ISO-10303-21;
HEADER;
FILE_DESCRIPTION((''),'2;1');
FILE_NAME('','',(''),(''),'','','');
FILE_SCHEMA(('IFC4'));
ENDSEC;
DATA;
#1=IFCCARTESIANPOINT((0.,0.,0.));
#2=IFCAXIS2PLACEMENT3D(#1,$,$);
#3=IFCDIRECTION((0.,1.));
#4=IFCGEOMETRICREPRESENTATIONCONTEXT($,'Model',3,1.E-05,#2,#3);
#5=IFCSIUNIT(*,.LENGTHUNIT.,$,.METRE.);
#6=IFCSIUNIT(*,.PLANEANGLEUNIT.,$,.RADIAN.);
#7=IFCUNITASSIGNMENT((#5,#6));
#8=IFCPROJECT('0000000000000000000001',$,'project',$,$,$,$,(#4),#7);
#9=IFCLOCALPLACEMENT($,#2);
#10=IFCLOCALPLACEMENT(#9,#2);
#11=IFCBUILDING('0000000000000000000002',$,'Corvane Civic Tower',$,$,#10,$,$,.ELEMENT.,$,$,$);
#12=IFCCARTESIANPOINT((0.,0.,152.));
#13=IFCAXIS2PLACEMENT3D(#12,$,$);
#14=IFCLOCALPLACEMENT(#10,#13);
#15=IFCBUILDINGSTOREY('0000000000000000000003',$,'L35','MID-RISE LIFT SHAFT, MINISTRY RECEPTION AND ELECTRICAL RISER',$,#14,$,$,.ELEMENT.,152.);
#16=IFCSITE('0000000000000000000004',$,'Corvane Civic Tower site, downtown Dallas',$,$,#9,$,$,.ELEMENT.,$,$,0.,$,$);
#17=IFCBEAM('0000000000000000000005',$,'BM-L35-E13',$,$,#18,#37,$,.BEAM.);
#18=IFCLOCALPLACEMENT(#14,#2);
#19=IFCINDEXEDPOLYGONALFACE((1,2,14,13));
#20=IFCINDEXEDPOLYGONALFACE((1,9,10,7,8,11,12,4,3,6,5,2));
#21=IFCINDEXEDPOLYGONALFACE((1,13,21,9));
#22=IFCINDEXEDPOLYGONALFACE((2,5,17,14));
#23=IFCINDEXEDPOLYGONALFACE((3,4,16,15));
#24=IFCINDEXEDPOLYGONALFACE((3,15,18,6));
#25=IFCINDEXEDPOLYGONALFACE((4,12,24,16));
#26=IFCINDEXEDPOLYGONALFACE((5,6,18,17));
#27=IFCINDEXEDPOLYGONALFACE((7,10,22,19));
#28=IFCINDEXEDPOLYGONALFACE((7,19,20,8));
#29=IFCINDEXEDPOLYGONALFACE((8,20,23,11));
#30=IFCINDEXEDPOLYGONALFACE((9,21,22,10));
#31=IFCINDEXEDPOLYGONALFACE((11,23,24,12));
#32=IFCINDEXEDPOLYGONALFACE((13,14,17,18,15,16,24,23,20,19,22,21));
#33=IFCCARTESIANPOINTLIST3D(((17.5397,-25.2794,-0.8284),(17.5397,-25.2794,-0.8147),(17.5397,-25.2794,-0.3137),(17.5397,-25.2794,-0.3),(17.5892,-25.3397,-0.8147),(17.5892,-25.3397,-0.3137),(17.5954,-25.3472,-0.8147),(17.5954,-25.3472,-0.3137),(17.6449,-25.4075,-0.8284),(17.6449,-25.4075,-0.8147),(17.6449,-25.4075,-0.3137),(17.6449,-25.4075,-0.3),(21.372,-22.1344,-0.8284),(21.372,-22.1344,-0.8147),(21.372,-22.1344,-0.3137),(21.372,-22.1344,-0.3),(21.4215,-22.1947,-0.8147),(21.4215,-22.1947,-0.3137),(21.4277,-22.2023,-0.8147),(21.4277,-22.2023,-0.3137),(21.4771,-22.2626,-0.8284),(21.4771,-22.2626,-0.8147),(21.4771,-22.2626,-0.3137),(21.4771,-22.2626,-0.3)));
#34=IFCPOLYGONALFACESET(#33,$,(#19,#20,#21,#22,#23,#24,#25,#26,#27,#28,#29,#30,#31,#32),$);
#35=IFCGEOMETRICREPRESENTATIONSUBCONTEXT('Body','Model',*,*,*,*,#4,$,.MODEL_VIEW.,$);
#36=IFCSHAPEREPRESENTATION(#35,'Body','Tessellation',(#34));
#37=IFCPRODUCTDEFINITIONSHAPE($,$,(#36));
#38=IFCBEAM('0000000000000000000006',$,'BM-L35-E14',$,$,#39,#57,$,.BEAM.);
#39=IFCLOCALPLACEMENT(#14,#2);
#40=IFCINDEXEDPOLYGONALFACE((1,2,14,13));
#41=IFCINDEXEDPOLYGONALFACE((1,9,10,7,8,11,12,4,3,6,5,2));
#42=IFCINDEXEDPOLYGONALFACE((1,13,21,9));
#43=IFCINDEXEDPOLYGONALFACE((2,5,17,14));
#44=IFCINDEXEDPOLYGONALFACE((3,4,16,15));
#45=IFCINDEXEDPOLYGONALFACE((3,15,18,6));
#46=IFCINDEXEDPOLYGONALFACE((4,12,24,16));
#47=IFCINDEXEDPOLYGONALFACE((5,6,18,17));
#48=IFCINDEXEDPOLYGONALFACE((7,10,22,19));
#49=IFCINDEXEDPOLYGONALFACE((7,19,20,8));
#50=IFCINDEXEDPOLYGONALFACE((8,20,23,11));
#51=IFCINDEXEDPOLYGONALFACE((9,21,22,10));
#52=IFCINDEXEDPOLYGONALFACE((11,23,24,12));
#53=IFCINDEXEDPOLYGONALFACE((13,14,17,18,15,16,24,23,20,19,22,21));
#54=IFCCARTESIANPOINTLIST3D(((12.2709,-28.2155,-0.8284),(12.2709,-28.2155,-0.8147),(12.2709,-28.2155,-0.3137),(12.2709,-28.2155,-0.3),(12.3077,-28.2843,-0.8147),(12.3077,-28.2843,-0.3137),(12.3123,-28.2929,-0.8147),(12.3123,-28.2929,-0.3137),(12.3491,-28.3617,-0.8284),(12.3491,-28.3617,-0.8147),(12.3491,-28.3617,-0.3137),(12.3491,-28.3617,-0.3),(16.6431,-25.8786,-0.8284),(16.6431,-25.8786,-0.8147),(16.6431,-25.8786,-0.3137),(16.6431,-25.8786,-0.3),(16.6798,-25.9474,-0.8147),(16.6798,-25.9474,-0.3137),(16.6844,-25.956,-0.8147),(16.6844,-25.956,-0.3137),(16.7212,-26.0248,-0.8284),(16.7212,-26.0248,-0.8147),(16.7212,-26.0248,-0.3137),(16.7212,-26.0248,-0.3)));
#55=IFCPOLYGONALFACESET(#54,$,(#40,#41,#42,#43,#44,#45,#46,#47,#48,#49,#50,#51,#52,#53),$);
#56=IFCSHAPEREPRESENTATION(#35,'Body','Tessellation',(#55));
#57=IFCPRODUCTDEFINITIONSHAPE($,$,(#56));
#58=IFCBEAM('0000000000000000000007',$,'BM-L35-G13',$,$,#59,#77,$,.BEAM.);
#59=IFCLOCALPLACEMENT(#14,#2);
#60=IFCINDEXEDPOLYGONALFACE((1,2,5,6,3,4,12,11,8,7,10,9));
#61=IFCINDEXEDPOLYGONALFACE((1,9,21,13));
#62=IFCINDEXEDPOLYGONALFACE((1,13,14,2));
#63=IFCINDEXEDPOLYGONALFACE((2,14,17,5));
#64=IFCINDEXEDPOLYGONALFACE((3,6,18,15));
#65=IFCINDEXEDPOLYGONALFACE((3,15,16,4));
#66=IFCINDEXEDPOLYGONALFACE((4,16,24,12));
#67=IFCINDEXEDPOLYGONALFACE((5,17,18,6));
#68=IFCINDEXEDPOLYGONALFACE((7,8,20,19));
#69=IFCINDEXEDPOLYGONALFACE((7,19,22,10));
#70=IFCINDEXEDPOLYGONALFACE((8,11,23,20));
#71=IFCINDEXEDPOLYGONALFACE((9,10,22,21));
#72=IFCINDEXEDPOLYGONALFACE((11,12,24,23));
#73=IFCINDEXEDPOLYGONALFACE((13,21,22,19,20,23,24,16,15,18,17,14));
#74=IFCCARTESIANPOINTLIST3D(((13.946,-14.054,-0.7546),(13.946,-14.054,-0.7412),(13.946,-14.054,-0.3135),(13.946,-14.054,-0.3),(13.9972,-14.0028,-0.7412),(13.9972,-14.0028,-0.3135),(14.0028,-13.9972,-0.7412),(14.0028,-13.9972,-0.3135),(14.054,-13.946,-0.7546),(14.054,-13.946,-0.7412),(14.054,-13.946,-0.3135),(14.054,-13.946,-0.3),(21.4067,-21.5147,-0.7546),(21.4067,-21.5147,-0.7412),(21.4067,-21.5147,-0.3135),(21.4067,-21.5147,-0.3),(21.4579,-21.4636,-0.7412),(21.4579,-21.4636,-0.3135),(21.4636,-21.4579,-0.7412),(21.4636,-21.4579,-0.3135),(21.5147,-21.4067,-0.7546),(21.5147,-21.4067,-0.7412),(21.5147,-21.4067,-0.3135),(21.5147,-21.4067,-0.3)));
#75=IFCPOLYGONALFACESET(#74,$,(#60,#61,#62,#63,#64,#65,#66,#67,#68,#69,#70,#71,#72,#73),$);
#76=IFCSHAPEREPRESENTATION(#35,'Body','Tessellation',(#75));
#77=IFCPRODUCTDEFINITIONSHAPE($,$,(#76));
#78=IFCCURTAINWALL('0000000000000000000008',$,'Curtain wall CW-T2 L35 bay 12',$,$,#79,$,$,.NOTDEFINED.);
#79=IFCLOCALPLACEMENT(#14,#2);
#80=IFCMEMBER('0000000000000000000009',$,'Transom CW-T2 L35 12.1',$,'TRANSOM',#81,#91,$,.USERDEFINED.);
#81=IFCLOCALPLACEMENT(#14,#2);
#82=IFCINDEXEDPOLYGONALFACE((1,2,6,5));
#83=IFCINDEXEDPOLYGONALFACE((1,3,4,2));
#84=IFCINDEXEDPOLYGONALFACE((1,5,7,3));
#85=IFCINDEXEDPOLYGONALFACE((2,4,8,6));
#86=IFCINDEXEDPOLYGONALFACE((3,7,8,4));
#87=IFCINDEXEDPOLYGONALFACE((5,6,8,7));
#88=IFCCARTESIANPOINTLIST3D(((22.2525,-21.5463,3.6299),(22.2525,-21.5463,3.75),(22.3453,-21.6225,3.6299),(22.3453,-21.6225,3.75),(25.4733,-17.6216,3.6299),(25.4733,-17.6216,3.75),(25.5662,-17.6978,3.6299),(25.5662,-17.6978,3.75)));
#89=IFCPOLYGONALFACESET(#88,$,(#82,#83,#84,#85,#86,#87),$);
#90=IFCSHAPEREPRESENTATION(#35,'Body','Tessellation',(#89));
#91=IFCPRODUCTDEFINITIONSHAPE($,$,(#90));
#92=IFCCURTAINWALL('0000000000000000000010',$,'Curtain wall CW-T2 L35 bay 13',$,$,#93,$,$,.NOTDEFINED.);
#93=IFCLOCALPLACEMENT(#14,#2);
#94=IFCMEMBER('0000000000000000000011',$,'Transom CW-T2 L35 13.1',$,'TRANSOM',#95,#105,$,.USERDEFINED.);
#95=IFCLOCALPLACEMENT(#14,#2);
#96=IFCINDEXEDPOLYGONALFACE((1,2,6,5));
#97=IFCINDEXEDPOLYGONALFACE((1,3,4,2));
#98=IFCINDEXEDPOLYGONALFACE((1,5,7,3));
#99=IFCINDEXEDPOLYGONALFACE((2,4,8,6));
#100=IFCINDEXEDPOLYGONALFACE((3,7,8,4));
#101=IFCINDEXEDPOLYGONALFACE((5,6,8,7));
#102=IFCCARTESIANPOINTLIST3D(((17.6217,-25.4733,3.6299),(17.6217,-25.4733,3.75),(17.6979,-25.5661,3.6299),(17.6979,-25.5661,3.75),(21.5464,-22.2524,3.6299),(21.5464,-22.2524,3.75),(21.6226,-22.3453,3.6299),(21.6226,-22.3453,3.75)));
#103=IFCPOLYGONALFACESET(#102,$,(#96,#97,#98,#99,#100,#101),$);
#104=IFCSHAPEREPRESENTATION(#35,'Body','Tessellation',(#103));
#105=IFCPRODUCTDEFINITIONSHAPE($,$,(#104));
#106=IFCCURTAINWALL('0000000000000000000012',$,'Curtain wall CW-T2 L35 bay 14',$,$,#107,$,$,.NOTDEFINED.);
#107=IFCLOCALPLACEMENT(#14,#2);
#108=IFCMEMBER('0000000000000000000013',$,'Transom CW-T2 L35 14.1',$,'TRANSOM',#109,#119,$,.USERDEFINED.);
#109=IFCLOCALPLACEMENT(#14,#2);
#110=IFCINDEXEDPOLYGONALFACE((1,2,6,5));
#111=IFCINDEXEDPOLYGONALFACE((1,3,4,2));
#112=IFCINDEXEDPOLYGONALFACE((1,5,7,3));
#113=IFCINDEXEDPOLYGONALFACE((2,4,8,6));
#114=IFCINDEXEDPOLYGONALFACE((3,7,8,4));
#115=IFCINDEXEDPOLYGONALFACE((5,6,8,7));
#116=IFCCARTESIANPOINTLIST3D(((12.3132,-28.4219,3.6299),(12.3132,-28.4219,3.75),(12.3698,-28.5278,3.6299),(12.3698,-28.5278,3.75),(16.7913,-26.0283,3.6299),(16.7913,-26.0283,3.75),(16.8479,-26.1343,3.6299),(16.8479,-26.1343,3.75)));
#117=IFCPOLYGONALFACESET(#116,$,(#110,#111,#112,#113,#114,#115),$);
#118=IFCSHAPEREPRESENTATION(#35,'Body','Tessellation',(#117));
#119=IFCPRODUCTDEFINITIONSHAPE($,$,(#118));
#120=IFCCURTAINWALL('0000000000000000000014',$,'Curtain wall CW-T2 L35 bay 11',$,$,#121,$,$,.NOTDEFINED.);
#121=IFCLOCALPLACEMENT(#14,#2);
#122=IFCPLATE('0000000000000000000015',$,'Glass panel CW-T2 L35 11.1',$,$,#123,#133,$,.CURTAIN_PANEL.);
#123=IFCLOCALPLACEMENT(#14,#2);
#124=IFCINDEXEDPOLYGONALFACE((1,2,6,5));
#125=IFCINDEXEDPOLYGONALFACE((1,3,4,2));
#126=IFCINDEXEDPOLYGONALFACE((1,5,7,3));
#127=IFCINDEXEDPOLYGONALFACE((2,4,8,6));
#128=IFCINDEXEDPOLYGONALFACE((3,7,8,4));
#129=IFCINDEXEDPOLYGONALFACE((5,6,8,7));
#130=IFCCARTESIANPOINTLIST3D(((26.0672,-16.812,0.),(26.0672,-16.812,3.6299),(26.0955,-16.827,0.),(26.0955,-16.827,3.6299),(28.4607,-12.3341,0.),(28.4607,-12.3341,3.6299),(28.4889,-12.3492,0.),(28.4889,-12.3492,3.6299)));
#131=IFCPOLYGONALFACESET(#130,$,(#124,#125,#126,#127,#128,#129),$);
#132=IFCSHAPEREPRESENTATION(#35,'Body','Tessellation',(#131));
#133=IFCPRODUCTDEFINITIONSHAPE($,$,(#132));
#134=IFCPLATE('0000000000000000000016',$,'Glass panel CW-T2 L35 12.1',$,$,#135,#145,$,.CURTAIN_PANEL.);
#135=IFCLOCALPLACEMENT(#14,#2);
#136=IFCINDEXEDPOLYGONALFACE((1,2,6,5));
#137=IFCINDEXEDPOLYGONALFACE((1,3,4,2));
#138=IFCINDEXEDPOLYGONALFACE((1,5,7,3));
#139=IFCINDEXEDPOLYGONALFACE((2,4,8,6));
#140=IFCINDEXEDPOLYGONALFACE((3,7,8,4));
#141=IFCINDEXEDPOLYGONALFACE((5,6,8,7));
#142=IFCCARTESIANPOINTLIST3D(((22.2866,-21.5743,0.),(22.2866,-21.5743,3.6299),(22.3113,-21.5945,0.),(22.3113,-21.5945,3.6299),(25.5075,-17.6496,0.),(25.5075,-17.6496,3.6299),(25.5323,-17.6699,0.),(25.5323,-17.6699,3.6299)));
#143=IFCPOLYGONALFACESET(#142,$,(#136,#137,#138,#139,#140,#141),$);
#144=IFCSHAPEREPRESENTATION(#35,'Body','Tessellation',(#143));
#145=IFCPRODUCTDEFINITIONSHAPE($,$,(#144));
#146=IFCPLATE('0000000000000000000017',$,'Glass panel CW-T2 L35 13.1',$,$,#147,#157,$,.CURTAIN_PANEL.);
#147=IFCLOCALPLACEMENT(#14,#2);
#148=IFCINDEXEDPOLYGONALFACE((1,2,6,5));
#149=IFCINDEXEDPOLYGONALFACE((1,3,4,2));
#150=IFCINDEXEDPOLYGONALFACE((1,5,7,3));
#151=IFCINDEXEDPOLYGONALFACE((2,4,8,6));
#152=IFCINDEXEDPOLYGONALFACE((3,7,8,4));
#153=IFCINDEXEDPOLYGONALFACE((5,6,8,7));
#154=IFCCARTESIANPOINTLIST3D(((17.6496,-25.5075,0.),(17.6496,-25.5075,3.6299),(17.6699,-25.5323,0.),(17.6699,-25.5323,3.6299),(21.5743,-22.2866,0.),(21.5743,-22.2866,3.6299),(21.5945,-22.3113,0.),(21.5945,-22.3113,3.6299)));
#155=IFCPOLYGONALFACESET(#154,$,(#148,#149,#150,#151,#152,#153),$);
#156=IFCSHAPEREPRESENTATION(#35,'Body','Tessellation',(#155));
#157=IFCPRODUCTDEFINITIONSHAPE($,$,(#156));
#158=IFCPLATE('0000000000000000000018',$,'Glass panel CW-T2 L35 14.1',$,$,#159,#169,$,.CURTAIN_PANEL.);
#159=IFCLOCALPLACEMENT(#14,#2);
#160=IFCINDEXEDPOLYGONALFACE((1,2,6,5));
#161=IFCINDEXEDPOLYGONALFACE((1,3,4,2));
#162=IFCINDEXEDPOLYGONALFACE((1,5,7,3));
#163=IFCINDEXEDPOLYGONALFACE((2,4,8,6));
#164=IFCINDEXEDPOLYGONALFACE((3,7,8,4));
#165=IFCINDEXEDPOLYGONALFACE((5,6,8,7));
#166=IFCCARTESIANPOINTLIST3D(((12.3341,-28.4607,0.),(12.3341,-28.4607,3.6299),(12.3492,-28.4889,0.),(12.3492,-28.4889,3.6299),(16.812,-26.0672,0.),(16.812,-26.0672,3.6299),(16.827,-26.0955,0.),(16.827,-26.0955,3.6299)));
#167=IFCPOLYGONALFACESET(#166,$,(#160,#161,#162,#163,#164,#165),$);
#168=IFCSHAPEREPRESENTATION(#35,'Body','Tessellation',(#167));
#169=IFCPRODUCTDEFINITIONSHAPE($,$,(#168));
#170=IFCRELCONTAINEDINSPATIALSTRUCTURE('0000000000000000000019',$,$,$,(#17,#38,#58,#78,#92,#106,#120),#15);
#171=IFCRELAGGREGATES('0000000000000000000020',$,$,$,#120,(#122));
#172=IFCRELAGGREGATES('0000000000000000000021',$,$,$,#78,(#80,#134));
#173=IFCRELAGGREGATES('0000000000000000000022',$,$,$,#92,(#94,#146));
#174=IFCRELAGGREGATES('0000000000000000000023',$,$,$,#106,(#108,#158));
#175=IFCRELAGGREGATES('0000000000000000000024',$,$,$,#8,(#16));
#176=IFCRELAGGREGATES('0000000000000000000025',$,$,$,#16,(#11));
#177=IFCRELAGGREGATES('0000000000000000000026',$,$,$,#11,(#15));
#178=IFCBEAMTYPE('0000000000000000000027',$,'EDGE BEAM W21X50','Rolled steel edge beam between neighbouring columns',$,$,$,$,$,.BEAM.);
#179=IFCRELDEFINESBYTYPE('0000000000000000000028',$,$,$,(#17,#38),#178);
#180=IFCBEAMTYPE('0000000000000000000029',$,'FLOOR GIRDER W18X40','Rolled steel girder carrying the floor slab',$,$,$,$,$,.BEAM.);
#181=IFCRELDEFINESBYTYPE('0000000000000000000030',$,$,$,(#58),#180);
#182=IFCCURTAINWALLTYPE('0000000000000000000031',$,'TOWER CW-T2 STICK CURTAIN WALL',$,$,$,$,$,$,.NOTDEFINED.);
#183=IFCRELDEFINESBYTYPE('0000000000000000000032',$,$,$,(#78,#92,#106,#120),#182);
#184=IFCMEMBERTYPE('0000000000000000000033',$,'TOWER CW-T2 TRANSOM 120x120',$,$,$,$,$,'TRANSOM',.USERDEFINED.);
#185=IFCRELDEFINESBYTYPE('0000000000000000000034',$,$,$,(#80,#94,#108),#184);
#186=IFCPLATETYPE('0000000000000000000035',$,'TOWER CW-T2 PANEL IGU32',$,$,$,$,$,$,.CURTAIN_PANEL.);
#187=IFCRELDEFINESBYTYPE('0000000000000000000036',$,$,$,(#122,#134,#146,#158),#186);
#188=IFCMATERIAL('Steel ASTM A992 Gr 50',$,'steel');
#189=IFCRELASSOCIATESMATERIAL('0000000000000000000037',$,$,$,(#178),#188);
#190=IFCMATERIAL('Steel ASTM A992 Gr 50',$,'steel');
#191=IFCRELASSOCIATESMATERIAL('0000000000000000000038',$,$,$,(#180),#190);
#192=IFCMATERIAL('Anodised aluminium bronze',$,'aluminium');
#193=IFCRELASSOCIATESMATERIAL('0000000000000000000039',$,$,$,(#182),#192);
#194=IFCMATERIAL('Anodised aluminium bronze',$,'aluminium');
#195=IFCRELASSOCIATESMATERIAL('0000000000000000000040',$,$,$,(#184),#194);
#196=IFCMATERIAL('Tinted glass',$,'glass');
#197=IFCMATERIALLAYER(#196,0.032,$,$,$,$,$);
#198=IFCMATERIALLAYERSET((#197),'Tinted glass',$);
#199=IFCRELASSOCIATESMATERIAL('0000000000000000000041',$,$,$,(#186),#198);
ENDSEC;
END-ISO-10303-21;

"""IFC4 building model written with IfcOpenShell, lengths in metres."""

from ifc_helpers import new_model, si_unit, direction, frame, origin, origin_2d, place, context, subcontext, project, spatial, rectangle, i_section, extrude, material, layer, layer_set, material_profile, profile_set, type_object, element, aggregate, save


model = new_model("IFC4")

# Units and contexts
model_context = context("Model", 3, precision=1e-05, world=origin(), true_north=direction((0.0, 1.0)))
body_context = subcontext(model_context, "Body", "Model", "MODEL_VIEW")
ifc_project = project(units=[si_unit("LENGTHUNIT", "METRE"), si_unit("PLANEANGLEUNIT", "RADIAN")], contexts=[model_context])

# Site, building, storey
site_placement = place(None, origin())
site = spatial("IfcSite", under=ifc_project, at=site_placement, Name="Corvane Civic Tower site, downtown Dallas", CompositionType="ELEMENT", RefElevation=0.0)
building_placement = place(site_placement, origin())
building = spatial("IfcBuilding", under=site, at=building_placement, Name="Corvane Civic Tower", CompositionType="ELEMENT")
storey_placement = place(building_placement, frame((0.0, 0.0, 152.0)))
storey = spatial("IfcBuildingStorey", under=building, at=storey_placement, Name="L35", Description="MID-RISE LIFT SHAFT, MINISTRY RECEPTION AND ELECTRICAL RISER", CompositionType="ELEMENT", Elevation=152.0)

# Beams
ifc_material_1 = material(Name="Steel ASTM A992 Gr 50", Category="steel")
ifc_material_profile_1 = material_profile(ifc_material_1, i_section(OverallWidth=0.1658, OverallDepth=0.5283, WebThickness=0.0098, FlangeThickness=0.0137, at=origin_2d()), Name="W21X50")
ifc_profile_set_1 = profile_set([ifc_material_profile_1], Name="Steel ASTM A992 Gr 50")
beam_type_1 = type_object("IfcBeamType", Name="EDGE BEAM W21X50", Description="Rolled steel edge beam between neighbouring columns", PredefinedType="BEAM", material=ifc_profile_set_1)
for number, where, z_axis, x_axis, name in (
    (1, (21.4246, -22.1985, -0.5642), (-0.773015, -0.634388, 0.0), (0.634388, -0.773015, 0.0), "BM-L35-E13"),
    (2, (16.6821, -25.9517, -0.5642), (-0.881922, -0.471396, 0.0), (0.471396, -0.881922, 0.0), "BM-L35-E14"),
):
    element("IfcBeam", number, at=place(storey_placement, frame(where, z_axis=z_axis, x_axis=x_axis)), inside=storey, type_object=beam_type_1, Name=name, PredefinedType="BEAM", context=body_context, shape_type="SweptSolid", body=[
        extrude(i_section(OverallWidth=0.1658, OverallDepth=0.5283, WebThickness=0.0098, FlangeThickness=0.0137, at=origin_2d()), origin(), (0.0, 0.0, 1.0), 4.9575),
    ])
ifc_material_2 = material(Name="Steel ASTM A992 Gr 50", Category="steel")
ifc_material_profile_2 = material_profile(ifc_material_2, i_section(OverallWidth=0.1528, OverallDepth=0.4546, WebThickness=0.0081, FlangeThickness=0.0134, at=origin_2d()), Name="W18X40")
ifc_profile_set_2 = profile_set([ifc_material_profile_2], Name="Steel ASTM A992 Gr 50")
beam_type_2 = type_object("IfcBeamType", Name="FLOOR GIRDER W18X40", Description="Rolled steel girder carrying the floor slab", PredefinedType="BEAM", material=ifc_profile_set_2)
beam_placement = place(storey_placement, frame((14.0, -14.0, -0.5273), z_axis=(0.707107, -0.707107, 0.0), x_axis=(0.707107, 0.707107, 0.0)))
element("IfcBeam", 3, at=beam_placement, inside=storey, type_object=beam_type_2, Name="BM-L35-G13", PredefinedType="BEAM", context=body_context, shape_type="SweptSolid", body=[
    extrude(i_section(OverallWidth=0.1528, OverallDepth=0.4546, WebThickness=0.0081, FlangeThickness=0.0134, at=origin_2d()), origin(), (0.0, 0.0, 1.0), 10.551),
])

# Curtain walls, members
ifc_material_3 = material(Name="Anodised aluminium bronze", Category="aluminium")
curtain_wall_type = type_object("IfcCurtainWallType", Name="TOWER CW-T2 STICK CURTAIN WALL", PredefinedType="NOTDEFINED", material=ifc_material_3)
curtain_wall_1_placement = place(storey_placement, origin())
curtain_wall_1 = element("IfcCurtainWall", 4, at=curtain_wall_1_placement, inside=storey, type_object=curtain_wall_type, Name="Curtain wall CW-T2 L35 bay 12", PredefinedType="NOTDEFINED")
ifc_material_4 = material(Name="Anodised aluminium bronze", Category="aluminium")
ifc_material_profile_3 = material_profile(ifc_material_4, rectangle(XDim=0.1201, YDim=0.1201, at=origin_2d()), Name="TOWER CW-T2 TRANSOM 120x120")
ifc_profile_set_3 = profile_set([ifc_material_profile_3], Name="Anodised aluminium bronze")
member_type = type_object("IfcMemberType", Name="TOWER CW-T2 TRANSOM 120x120", ElementType="TRANSOM", PredefinedType="USERDEFINED", material=ifc_profile_set_3)
member_1_placement = place(storey_placement, frame((25.5198, -17.6597, 3.6899), z_axis=(-0.634387, -0.773016, 0.0), x_axis=(0.773016, -0.634387, 0.0)))
member_1 = element("IfcMember", 5, at=member_1_placement, type_object=member_type, Name="Transom CW-T2 L35 12.1", ObjectType="TRANSOM", PredefinedType="USERDEFINED", context=body_context, shape_type="SweptSolid", body=[
    extrude(rectangle(XDim=0.1201, YDim=0.1201, at=origin_2d()), origin(), (0.0, 0.0, 1.0), 5.0771),
])
curtain_wall_2_placement = place(storey_placement, origin())
curtain_wall_2 = element("IfcCurtainWall", 6, at=curtain_wall_2_placement, inside=storey, type_object=curtain_wall_type, Name="Curtain wall CW-T2 L35 bay 13", PredefinedType="NOTDEFINED")
member_2_placement = place(storey_placement, frame((21.5845, -22.2988, 3.6899), z_axis=(-0.773016, -0.634387, 0.0), x_axis=(0.634387, -0.773016, 0.0)))
member_2 = element("IfcMember", 7, at=member_2_placement, type_object=member_type, Name="Transom CW-T2 L35 13.1", ObjectType="TRANSOM", PredefinedType="USERDEFINED", context=body_context, shape_type="SweptSolid", body=[
    extrude(rectangle(XDim=0.1201, YDim=0.1201, at=origin_2d()), origin(), (0.0, 0.0, 1.0), 5.0771),
])
curtain_wall_3_placement = place(storey_placement, origin())
curtain_wall_3 = element("IfcCurtainWall", 8, at=curtain_wall_3_placement, inside=storey, type_object=curtain_wall_type, Name="Curtain wall CW-T2 L35 bay 14", PredefinedType="NOTDEFINED")
member_3_placement = place(storey_placement, frame((16.8196, -26.0813, 3.6899), z_axis=(-0.881921, -0.471397, 0.0), x_axis=(0.471397, -0.881921, 0.0)))
member_3 = element("IfcMember", 9, at=member_3_placement, type_object=member_type, Name="Transom CW-T2 L35 14.1", ObjectType="TRANSOM", PredefinedType="USERDEFINED", context=body_context, shape_type="SweptSolid", body=[
    extrude(rectangle(XDim=0.1201, YDim=0.1201, at=origin_2d()), origin(), (0.0, 0.0, 1.0), 5.0776),
])

# Curtain wall, plate
curtain_wall_4_placement = place(storey_placement, origin())
curtain_wall_4 = element("IfcCurtainWall", 10, at=curtain_wall_4_placement, inside=storey, type_object=curtain_wall_type, Name="Curtain wall CW-T2 L35 bay 11", PredefinedType="NOTDEFINED")
ifc_material_5 = material(Name="Tinted glass", Category="glass")
ifc_layer_1 = layer(ifc_material_5, 0.032)
ifc_layer_set_1 = layer_set([ifc_layer_1], Name="Tinted glass")
plate_type = type_object("IfcPlateType", Name="TOWER CW-T2 PANEL IGU32", PredefinedType="CURTAIN_PANEL", material=ifc_layer_set_1)
plate_1_placement = place(storey_placement, frame((27.2781, -14.5806, 0.0), z_axis=(0.0, 0.0, 1.0), x_axis=(-0.471395, -0.881922, 0.0)))
plate_1 = element("IfcPlate", 11, at=plate_1_placement, type_object=plate_type, Name="Glass panel CW-T2 L35 11.1", PredefinedType="CURTAIN_PANEL", context=body_context, shape_type="SweptSolid", body=[
    extrude(rectangle(XDim=5.0774, YDim=0.032, at=origin_2d()), origin(), (0.0, 0.0, 1.0), 3.6299),
])
aggregate(curtain_wall_4, [plate_1])

# Plates
plate_2_placement = place(storey_placement, frame((23.9094, -19.6221, 0.0), z_axis=(0.0, 0.0, 1.0), x_axis=(-0.6344, -0.773005, 0.0)))
plate_2 = element("IfcPlate", 12, at=plate_2_placement, type_object=plate_type, Name="Glass panel CW-T2 L35 12.1", PredefinedType="CURTAIN_PANEL", context=body_context, shape_type="SweptSolid", body=[
    extrude(rectangle(XDim=5.0771, YDim=0.032, at=origin_2d()), origin(), (0.0, 0.0, 1.0), 3.6299),
])
aggregate(curtain_wall_1, [member_1, plate_2])
plate_3_placement = place(storey_placement, frame((19.6221, -23.9094, 0.0), z_axis=(0.0, 0.0, 1.0), x_axis=(-0.773005, -0.6344, 0.0)))
plate_3 = element("IfcPlate", 13, at=plate_3_placement, type_object=plate_type, Name="Glass panel CW-T2 L35 13.1", PredefinedType="CURTAIN_PANEL", context=body_context, shape_type="SweptSolid", body=[
    extrude(rectangle(XDim=5.0771, YDim=0.032, at=origin_2d()), origin(), (0.0, 0.0, 1.0), 3.6299),
])
aggregate(curtain_wall_2, [member_2, plate_3])
plate_4_placement = place(storey_placement, frame((14.5806, -27.2781, 0.0), z_axis=(0.0, 0.0, 1.0), x_axis=(-0.881922, -0.471395, 0.0)))
plate_4 = element("IfcPlate", 14, at=plate_4_placement, type_object=plate_type, Name="Glass panel CW-T2 L35 14.1", PredefinedType="CURTAIN_PANEL", context=body_context, shape_type="SweptSolid", body=[
    extrude(rectangle(XDim=5.0774, YDim=0.032, at=origin_2d()), origin(), (0.0, 0.0, 1.0), 3.6299),
])
aggregate(curtain_wall_3, [member_3, plate_4])

save(model, "model.ifc")
